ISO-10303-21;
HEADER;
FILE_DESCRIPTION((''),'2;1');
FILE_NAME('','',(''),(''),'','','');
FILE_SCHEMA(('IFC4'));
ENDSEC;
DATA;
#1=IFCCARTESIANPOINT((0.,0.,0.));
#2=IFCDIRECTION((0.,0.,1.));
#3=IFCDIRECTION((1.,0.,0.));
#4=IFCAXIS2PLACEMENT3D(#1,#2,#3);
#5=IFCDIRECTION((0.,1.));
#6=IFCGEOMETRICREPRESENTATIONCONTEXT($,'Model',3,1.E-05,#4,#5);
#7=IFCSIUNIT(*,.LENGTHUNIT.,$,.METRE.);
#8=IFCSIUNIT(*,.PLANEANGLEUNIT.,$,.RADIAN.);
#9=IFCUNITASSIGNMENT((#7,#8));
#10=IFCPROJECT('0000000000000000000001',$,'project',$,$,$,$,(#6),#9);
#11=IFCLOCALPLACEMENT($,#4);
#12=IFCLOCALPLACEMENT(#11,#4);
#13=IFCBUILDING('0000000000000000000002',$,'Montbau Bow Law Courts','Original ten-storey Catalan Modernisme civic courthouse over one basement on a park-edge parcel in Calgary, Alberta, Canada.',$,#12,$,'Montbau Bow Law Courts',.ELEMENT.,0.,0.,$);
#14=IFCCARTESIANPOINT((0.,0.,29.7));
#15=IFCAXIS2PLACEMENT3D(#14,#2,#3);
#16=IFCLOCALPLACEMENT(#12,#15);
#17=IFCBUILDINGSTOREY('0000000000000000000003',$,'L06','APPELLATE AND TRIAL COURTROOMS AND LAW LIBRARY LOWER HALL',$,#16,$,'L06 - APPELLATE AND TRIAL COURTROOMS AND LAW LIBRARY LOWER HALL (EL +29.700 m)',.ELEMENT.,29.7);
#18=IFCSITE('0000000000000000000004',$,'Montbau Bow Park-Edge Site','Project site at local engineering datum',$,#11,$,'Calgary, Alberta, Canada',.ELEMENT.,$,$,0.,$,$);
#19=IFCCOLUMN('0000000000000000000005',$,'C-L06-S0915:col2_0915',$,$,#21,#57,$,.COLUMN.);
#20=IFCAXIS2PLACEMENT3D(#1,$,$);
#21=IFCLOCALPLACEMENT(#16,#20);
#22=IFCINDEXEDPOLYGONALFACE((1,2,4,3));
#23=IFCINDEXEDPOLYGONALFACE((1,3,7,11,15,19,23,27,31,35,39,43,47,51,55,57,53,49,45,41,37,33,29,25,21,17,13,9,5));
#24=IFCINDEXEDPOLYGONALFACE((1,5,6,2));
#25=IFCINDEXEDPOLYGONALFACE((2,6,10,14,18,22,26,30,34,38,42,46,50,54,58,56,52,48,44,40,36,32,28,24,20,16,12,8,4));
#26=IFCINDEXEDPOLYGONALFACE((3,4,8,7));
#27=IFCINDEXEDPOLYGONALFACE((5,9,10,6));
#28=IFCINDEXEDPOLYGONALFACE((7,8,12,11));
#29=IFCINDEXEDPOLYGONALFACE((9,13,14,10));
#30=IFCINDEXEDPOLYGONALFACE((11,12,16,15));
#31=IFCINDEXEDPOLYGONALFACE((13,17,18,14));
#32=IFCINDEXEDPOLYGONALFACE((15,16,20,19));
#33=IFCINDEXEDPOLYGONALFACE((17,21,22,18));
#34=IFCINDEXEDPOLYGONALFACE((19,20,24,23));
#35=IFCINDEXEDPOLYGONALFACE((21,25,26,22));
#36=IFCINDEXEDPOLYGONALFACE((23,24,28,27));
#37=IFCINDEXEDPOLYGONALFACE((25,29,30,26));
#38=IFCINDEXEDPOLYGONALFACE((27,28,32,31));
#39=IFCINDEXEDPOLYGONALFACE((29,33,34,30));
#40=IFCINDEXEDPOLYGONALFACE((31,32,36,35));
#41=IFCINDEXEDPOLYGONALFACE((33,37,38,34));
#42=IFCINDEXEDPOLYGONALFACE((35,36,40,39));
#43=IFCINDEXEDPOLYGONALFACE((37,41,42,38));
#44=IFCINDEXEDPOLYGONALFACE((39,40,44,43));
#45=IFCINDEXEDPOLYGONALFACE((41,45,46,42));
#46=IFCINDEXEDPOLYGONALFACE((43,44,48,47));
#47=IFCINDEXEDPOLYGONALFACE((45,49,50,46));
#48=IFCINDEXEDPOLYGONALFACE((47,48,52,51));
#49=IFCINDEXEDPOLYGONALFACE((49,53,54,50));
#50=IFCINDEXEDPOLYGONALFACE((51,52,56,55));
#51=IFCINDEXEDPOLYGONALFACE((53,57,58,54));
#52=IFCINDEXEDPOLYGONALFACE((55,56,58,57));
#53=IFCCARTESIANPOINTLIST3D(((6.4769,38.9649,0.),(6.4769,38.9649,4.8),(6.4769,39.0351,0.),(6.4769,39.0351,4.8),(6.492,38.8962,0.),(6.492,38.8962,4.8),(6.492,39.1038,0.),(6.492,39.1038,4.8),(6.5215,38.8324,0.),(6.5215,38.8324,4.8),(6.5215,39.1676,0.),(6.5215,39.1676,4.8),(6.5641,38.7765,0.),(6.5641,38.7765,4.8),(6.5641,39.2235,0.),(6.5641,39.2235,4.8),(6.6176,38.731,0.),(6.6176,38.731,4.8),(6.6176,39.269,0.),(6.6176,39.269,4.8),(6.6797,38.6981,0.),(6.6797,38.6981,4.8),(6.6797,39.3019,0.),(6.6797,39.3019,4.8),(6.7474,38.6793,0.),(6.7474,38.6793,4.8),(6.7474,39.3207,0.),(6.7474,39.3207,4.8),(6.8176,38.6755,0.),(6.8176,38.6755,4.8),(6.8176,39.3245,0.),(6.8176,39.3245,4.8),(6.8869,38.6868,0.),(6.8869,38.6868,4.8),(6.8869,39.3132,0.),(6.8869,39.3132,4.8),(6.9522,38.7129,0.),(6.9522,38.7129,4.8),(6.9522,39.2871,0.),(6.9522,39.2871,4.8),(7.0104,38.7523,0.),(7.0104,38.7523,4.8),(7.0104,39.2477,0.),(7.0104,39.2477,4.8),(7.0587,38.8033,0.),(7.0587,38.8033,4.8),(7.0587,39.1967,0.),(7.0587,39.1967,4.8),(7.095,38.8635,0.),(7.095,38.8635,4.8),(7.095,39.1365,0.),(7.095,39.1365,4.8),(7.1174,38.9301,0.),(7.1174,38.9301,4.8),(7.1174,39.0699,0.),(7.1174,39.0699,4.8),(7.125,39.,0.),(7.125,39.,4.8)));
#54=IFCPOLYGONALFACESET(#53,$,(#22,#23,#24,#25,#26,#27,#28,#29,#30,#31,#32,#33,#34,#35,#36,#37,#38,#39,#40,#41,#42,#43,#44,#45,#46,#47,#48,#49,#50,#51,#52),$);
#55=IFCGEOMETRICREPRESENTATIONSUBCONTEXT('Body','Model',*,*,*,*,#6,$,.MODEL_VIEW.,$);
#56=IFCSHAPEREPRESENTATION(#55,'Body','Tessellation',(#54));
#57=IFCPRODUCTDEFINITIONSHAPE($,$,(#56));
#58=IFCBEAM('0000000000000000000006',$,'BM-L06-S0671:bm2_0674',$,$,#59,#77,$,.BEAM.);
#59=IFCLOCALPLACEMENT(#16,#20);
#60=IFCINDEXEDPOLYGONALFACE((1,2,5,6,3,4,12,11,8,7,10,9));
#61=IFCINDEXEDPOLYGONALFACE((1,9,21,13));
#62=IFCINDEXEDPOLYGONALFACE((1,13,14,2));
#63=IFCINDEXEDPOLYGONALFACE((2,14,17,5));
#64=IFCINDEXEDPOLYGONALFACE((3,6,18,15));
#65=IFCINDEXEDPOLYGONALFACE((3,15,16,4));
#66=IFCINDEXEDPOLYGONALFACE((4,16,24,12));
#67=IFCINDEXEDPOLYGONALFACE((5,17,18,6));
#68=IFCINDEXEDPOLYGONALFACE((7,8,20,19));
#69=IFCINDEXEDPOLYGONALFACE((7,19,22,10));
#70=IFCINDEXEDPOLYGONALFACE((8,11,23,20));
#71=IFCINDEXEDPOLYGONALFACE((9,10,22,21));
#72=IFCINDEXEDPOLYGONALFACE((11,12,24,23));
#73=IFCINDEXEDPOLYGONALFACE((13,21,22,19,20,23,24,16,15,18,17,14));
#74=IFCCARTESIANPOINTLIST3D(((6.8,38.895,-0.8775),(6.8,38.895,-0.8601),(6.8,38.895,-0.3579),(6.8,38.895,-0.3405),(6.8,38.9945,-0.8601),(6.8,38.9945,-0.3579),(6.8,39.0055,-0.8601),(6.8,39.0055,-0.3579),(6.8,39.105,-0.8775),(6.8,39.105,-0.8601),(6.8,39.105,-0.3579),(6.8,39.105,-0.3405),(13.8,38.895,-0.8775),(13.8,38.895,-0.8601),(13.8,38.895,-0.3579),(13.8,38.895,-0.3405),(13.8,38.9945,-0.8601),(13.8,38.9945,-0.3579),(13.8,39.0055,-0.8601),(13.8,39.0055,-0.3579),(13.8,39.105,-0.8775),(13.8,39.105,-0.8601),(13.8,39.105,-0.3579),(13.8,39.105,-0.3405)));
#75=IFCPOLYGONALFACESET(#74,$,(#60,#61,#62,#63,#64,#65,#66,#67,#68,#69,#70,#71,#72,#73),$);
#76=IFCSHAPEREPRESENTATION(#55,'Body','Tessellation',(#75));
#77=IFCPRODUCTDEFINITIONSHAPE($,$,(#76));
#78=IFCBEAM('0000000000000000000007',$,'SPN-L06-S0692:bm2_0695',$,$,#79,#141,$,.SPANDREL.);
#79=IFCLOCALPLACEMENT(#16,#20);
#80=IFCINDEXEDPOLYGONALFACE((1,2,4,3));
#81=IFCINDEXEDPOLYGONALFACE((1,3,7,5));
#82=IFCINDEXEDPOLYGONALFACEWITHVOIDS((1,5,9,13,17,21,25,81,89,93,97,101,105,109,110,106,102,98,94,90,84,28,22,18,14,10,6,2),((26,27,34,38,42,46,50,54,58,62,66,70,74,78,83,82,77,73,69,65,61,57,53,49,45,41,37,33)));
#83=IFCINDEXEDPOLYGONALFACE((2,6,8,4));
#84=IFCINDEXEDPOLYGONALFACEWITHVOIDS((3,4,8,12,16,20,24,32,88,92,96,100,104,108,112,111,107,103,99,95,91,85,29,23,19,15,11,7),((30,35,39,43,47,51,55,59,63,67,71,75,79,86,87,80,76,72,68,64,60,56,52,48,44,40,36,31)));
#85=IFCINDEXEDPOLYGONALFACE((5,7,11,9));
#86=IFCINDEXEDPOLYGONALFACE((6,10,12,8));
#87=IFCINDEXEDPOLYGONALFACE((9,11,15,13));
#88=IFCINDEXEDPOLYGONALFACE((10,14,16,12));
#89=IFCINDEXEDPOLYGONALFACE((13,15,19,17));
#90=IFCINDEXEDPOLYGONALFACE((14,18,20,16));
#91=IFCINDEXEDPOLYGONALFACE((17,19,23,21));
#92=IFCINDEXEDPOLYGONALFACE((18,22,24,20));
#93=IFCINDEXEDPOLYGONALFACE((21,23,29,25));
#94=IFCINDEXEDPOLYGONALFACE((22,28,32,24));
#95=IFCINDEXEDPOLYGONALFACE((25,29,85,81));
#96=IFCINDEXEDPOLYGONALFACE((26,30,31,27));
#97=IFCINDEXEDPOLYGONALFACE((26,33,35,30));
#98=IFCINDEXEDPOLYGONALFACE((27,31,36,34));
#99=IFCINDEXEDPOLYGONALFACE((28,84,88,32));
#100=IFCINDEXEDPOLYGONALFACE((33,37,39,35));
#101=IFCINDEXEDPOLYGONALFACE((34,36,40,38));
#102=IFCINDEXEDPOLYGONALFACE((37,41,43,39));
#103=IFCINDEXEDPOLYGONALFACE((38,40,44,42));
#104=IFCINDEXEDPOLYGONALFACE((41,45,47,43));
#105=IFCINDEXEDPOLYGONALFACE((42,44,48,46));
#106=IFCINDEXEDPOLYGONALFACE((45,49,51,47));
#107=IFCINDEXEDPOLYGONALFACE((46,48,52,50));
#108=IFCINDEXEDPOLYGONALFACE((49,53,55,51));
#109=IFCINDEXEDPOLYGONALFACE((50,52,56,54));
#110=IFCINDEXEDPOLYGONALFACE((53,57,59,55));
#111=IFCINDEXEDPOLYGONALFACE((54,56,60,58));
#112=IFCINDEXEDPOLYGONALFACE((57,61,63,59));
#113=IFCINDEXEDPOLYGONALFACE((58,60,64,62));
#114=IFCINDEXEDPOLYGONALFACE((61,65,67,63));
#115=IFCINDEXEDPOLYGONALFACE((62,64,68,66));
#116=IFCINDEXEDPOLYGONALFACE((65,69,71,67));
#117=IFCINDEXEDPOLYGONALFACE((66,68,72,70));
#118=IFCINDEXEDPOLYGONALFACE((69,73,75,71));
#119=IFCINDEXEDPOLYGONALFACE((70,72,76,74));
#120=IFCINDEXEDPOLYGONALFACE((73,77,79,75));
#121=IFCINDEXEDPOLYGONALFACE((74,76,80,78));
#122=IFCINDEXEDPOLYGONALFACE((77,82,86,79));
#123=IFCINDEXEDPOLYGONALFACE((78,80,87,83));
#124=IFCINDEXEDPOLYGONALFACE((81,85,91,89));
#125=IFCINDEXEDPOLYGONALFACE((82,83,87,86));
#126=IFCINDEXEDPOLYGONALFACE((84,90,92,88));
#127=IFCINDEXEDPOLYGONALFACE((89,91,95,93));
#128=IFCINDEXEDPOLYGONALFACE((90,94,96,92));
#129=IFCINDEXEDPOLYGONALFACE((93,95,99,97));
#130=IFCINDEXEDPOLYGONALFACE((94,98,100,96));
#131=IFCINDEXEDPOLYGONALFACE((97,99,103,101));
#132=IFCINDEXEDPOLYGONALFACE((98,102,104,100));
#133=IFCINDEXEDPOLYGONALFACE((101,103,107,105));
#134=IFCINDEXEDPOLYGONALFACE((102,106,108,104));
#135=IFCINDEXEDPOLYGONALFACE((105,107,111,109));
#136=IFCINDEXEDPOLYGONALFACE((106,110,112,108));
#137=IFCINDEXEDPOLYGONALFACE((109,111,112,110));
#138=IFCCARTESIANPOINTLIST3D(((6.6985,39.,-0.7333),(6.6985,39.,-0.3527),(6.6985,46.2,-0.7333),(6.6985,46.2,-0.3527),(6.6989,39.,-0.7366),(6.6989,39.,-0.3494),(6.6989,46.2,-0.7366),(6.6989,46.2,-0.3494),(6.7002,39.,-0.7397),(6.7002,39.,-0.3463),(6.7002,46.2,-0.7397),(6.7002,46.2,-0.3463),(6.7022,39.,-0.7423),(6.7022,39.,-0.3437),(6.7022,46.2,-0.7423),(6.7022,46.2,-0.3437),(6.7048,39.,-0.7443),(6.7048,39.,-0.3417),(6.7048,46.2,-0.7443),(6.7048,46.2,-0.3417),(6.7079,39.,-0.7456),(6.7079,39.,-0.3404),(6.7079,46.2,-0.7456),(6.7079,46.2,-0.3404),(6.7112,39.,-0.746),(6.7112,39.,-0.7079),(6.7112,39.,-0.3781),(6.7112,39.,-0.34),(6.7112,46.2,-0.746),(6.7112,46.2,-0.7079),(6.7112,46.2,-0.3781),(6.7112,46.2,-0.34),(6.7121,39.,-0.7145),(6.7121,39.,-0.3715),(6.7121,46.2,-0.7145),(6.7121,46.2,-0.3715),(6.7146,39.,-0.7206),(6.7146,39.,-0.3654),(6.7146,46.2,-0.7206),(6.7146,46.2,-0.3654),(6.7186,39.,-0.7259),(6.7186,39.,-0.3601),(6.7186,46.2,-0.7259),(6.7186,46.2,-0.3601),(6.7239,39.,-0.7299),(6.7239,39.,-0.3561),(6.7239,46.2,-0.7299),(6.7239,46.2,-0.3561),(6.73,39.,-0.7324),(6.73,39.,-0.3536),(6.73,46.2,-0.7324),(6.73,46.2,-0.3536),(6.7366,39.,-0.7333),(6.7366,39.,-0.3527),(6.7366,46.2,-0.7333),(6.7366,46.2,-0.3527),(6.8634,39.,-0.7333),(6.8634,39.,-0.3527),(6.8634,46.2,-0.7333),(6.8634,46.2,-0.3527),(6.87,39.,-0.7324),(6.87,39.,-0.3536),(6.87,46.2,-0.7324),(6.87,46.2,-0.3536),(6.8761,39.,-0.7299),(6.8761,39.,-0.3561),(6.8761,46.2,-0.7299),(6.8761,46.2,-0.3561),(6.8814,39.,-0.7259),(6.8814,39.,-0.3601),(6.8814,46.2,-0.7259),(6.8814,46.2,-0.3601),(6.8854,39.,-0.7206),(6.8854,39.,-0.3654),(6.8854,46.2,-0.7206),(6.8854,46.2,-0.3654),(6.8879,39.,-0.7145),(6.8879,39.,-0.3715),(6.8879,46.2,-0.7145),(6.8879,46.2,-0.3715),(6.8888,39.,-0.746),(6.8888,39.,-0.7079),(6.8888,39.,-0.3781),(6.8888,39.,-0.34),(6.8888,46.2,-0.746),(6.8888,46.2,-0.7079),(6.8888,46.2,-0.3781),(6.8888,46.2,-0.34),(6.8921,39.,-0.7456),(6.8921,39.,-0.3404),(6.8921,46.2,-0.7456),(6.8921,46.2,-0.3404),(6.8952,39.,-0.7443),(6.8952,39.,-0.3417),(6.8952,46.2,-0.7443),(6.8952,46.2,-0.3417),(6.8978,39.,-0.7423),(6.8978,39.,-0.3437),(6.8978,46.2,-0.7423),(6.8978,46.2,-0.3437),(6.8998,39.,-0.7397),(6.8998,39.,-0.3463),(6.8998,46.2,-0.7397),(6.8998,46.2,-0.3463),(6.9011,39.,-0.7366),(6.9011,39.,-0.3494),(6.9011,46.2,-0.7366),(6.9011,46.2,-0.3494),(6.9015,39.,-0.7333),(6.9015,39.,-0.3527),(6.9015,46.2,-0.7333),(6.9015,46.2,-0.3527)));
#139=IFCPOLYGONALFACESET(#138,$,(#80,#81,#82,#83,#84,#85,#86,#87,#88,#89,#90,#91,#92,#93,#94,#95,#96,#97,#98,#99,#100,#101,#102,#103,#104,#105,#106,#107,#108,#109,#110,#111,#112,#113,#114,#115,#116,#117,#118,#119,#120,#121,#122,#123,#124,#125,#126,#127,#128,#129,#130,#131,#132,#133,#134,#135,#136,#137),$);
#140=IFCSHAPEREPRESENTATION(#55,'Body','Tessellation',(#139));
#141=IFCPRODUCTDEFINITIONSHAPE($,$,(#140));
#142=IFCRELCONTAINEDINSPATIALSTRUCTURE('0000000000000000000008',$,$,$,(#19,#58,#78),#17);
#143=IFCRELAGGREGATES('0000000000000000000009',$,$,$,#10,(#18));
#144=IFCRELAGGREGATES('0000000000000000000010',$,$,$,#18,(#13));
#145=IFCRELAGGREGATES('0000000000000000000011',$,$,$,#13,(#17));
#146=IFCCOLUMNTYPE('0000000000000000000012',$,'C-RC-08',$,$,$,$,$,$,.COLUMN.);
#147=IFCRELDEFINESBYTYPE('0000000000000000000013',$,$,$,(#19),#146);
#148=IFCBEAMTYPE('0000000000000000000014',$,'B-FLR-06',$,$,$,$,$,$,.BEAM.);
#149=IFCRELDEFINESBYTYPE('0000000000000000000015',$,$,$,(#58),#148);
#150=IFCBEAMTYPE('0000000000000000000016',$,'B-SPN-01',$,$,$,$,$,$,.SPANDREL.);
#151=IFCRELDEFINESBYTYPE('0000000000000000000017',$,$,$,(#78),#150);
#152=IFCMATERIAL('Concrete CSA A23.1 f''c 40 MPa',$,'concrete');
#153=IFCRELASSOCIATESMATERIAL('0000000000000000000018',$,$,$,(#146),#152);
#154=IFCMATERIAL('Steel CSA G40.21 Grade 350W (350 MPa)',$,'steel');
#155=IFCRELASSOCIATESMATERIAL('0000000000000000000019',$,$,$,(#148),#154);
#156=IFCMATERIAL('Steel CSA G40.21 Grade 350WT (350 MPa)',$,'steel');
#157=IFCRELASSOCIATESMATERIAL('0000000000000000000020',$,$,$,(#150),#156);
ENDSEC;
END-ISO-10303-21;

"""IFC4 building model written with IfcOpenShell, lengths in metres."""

from ifc_helpers import new_model, si_unit, direction, frame, origin_with_axes, origin_2d_with_axis, place, context, subcontext, project, spatial, hollow_rectangle, circle, i_section, extrude, material, material_profile, profile_set, type_object, element, save


model = new_model("IFC4")

# Units and contexts
model_context = context("Model", 3, precision=1e-05, world=origin_with_axes(), true_north=direction((0.0, 1.0)))
body_context = subcontext(model_context, "Body", "Model", "MODEL_VIEW")
ifc_project = project(units=[si_unit("LENGTHUNIT", "METRE"), si_unit("PLANEANGLEUNIT", "RADIAN")], contexts=[model_context])

# Site, building, storey
site_placement = place(None, origin_with_axes())
site = spatial("IfcSite", under=ifc_project, at=site_placement, Name="Montbau Bow Park-Edge Site", Description="Project site at local engineering datum", LongName="Calgary, Alberta, Canada", CompositionType="ELEMENT", RefElevation=0.0)
building_placement = place(site_placement, origin_with_axes())
building = spatial("IfcBuilding", under=site, at=building_placement, Name="Montbau Bow Law Courts", Description="Original ten-storey Catalan Modernisme civic courthouse over one basement on a park-edge parcel in Calgary, Alberta, Canada.", LongName="Montbau Bow Law Courts", CompositionType="ELEMENT", ElevationOfRefHeight=0.0, ElevationOfTerrain=0.0)
storey_placement = place(building_placement, frame((0.0, 0.0, 29.7), z_axis=(0.0, 0.0, 1.0), x_axis=(1.0, 0.0, 0.0)))
storey = spatial("IfcBuildingStorey", under=building, at=storey_placement, Name="L06", Description="APPELLATE AND TRIAL COURTROOMS AND LAW LIBRARY LOWER HALL", LongName="L06 - APPELLATE AND TRIAL COURTROOMS AND LAW LIBRARY LOWER HALL (EL +29.700 m)", CompositionType="ELEMENT", Elevation=29.7)

# Column
ifc_material_1 = material(Name="Concrete CSA A23.1 f'c 40 MPa", Category="concrete")
ifc_material_profile_1 = material_profile(ifc_material_1, circle(Radius=0.325, at=origin_2d_with_axis()), Name="RC650D", Category="Main", Priority=0)
ifc_profile_set_1 = profile_set([ifc_material_profile_1], Name="Concrete CSA A23.1 f'c 40 MPa")
column_type = type_object("IfcColumnType", Name="C-RC-08", PredefinedType="COLUMN", material=ifc_profile_set_1)
column_placement = place(None, frame((6.8, 39.0, 29.7), z_axis=(0.0, 0.0, 1.0), x_axis=(1.0, 0.0, 0.0)))
element("IfcColumn", 1, at=column_placement, inside=storey, type_object=column_type, Name="C-L06-S0915:col2_0915", PredefinedType="COLUMN", context=body_context, shape_type="SweptSolid", body=[
    extrude(circle(Radius=0.325, at=origin_2d_with_axis()), origin_with_axes(), (0.0, 0.0, 1.0), 4.8),
])

# Beams
ifc_material_2 = material(Name="Steel CSA G40.21 Grade 350W (350 MPa)", Category="steel")
ifc_material_profile_2 = material_profile(ifc_material_2, i_section(OverallWidth=0.21, OverallDepth=0.537, WebThickness=0.0109, FlangeThickness=0.0174, at=origin_2d_with_axis()), Name="W530X101", Category="Main", Priority=0)
ifc_profile_set_2 = profile_set([ifc_material_profile_2], Name="Steel CSA G40.21 Grade 350W (350 MPa)")
beam_type_1 = type_object("IfcBeamType", Name="B-FLR-06", PredefinedType="BEAM", material=ifc_profile_set_2)
beam_1_placement = place(None, frame((6.8, 39.0, 29.091), z_axis=(1.0, 0.0, 0.0), x_axis=(0.0, 1.0, 0.0)))
element("IfcBeam", 2, at=beam_1_placement, inside=storey, type_object=beam_type_1, Name="BM-L06-S0671:bm2_0674", PredefinedType="BEAM", context=body_context, shape_type="SweptSolid", body=[
    extrude(i_section(OverallWidth=0.21, OverallDepth=0.537, WebThickness=0.0109, FlangeThickness=0.0174, at=origin_2d_with_axis()), origin_with_axes(), (0.0, 0.0, 1.0), 7.0),
])
ifc_material_3 = material(Name="Steel CSA G40.21 Grade 350WT (350 MPa)", Category="steel")
ifc_material_profile_3 = material_profile(ifc_material_3, hollow_rectangle(XDim=0.203, YDim=0.406, WallThickness=0.0127, InnerFilletRadius=0.0254, OuterFilletRadius=0.0127, at=origin_2d_with_axis()), Name="HSS406X203X13", Category="Main", Priority=0)
ifc_profile_set_3 = profile_set([ifc_material_profile_3], Name="Steel CSA G40.21 Grade 350WT (350 MPa)")
beam_type_2 = type_object("IfcBeamType", Name="B-SPN-01", PredefinedType="SPANDREL", material=ifc_profile_set_3)
beam_2_placement = place(None, frame((6.8, 39.0, 29.157), z_axis=(0.0, 1.0, 0.0), x_axis=(-1.0, 0.0, 0.0)))
element("IfcBeam", 3, at=beam_2_placement, inside=storey, type_object=beam_type_2, Name="SPN-L06-S0692:bm2_0695", PredefinedType="SPANDREL", context=body_context, shape_type="SweptSolid", body=[
    extrude(hollow_rectangle(XDim=0.203, YDim=0.406, WallThickness=0.0127, InnerFilletRadius=0.0254, OuterFilletRadius=0.0127, at=origin_2d_with_axis()), origin_with_axes(), (0.0, 0.0, 1.0), 7.2),
])

save(model, "model.ifc")
